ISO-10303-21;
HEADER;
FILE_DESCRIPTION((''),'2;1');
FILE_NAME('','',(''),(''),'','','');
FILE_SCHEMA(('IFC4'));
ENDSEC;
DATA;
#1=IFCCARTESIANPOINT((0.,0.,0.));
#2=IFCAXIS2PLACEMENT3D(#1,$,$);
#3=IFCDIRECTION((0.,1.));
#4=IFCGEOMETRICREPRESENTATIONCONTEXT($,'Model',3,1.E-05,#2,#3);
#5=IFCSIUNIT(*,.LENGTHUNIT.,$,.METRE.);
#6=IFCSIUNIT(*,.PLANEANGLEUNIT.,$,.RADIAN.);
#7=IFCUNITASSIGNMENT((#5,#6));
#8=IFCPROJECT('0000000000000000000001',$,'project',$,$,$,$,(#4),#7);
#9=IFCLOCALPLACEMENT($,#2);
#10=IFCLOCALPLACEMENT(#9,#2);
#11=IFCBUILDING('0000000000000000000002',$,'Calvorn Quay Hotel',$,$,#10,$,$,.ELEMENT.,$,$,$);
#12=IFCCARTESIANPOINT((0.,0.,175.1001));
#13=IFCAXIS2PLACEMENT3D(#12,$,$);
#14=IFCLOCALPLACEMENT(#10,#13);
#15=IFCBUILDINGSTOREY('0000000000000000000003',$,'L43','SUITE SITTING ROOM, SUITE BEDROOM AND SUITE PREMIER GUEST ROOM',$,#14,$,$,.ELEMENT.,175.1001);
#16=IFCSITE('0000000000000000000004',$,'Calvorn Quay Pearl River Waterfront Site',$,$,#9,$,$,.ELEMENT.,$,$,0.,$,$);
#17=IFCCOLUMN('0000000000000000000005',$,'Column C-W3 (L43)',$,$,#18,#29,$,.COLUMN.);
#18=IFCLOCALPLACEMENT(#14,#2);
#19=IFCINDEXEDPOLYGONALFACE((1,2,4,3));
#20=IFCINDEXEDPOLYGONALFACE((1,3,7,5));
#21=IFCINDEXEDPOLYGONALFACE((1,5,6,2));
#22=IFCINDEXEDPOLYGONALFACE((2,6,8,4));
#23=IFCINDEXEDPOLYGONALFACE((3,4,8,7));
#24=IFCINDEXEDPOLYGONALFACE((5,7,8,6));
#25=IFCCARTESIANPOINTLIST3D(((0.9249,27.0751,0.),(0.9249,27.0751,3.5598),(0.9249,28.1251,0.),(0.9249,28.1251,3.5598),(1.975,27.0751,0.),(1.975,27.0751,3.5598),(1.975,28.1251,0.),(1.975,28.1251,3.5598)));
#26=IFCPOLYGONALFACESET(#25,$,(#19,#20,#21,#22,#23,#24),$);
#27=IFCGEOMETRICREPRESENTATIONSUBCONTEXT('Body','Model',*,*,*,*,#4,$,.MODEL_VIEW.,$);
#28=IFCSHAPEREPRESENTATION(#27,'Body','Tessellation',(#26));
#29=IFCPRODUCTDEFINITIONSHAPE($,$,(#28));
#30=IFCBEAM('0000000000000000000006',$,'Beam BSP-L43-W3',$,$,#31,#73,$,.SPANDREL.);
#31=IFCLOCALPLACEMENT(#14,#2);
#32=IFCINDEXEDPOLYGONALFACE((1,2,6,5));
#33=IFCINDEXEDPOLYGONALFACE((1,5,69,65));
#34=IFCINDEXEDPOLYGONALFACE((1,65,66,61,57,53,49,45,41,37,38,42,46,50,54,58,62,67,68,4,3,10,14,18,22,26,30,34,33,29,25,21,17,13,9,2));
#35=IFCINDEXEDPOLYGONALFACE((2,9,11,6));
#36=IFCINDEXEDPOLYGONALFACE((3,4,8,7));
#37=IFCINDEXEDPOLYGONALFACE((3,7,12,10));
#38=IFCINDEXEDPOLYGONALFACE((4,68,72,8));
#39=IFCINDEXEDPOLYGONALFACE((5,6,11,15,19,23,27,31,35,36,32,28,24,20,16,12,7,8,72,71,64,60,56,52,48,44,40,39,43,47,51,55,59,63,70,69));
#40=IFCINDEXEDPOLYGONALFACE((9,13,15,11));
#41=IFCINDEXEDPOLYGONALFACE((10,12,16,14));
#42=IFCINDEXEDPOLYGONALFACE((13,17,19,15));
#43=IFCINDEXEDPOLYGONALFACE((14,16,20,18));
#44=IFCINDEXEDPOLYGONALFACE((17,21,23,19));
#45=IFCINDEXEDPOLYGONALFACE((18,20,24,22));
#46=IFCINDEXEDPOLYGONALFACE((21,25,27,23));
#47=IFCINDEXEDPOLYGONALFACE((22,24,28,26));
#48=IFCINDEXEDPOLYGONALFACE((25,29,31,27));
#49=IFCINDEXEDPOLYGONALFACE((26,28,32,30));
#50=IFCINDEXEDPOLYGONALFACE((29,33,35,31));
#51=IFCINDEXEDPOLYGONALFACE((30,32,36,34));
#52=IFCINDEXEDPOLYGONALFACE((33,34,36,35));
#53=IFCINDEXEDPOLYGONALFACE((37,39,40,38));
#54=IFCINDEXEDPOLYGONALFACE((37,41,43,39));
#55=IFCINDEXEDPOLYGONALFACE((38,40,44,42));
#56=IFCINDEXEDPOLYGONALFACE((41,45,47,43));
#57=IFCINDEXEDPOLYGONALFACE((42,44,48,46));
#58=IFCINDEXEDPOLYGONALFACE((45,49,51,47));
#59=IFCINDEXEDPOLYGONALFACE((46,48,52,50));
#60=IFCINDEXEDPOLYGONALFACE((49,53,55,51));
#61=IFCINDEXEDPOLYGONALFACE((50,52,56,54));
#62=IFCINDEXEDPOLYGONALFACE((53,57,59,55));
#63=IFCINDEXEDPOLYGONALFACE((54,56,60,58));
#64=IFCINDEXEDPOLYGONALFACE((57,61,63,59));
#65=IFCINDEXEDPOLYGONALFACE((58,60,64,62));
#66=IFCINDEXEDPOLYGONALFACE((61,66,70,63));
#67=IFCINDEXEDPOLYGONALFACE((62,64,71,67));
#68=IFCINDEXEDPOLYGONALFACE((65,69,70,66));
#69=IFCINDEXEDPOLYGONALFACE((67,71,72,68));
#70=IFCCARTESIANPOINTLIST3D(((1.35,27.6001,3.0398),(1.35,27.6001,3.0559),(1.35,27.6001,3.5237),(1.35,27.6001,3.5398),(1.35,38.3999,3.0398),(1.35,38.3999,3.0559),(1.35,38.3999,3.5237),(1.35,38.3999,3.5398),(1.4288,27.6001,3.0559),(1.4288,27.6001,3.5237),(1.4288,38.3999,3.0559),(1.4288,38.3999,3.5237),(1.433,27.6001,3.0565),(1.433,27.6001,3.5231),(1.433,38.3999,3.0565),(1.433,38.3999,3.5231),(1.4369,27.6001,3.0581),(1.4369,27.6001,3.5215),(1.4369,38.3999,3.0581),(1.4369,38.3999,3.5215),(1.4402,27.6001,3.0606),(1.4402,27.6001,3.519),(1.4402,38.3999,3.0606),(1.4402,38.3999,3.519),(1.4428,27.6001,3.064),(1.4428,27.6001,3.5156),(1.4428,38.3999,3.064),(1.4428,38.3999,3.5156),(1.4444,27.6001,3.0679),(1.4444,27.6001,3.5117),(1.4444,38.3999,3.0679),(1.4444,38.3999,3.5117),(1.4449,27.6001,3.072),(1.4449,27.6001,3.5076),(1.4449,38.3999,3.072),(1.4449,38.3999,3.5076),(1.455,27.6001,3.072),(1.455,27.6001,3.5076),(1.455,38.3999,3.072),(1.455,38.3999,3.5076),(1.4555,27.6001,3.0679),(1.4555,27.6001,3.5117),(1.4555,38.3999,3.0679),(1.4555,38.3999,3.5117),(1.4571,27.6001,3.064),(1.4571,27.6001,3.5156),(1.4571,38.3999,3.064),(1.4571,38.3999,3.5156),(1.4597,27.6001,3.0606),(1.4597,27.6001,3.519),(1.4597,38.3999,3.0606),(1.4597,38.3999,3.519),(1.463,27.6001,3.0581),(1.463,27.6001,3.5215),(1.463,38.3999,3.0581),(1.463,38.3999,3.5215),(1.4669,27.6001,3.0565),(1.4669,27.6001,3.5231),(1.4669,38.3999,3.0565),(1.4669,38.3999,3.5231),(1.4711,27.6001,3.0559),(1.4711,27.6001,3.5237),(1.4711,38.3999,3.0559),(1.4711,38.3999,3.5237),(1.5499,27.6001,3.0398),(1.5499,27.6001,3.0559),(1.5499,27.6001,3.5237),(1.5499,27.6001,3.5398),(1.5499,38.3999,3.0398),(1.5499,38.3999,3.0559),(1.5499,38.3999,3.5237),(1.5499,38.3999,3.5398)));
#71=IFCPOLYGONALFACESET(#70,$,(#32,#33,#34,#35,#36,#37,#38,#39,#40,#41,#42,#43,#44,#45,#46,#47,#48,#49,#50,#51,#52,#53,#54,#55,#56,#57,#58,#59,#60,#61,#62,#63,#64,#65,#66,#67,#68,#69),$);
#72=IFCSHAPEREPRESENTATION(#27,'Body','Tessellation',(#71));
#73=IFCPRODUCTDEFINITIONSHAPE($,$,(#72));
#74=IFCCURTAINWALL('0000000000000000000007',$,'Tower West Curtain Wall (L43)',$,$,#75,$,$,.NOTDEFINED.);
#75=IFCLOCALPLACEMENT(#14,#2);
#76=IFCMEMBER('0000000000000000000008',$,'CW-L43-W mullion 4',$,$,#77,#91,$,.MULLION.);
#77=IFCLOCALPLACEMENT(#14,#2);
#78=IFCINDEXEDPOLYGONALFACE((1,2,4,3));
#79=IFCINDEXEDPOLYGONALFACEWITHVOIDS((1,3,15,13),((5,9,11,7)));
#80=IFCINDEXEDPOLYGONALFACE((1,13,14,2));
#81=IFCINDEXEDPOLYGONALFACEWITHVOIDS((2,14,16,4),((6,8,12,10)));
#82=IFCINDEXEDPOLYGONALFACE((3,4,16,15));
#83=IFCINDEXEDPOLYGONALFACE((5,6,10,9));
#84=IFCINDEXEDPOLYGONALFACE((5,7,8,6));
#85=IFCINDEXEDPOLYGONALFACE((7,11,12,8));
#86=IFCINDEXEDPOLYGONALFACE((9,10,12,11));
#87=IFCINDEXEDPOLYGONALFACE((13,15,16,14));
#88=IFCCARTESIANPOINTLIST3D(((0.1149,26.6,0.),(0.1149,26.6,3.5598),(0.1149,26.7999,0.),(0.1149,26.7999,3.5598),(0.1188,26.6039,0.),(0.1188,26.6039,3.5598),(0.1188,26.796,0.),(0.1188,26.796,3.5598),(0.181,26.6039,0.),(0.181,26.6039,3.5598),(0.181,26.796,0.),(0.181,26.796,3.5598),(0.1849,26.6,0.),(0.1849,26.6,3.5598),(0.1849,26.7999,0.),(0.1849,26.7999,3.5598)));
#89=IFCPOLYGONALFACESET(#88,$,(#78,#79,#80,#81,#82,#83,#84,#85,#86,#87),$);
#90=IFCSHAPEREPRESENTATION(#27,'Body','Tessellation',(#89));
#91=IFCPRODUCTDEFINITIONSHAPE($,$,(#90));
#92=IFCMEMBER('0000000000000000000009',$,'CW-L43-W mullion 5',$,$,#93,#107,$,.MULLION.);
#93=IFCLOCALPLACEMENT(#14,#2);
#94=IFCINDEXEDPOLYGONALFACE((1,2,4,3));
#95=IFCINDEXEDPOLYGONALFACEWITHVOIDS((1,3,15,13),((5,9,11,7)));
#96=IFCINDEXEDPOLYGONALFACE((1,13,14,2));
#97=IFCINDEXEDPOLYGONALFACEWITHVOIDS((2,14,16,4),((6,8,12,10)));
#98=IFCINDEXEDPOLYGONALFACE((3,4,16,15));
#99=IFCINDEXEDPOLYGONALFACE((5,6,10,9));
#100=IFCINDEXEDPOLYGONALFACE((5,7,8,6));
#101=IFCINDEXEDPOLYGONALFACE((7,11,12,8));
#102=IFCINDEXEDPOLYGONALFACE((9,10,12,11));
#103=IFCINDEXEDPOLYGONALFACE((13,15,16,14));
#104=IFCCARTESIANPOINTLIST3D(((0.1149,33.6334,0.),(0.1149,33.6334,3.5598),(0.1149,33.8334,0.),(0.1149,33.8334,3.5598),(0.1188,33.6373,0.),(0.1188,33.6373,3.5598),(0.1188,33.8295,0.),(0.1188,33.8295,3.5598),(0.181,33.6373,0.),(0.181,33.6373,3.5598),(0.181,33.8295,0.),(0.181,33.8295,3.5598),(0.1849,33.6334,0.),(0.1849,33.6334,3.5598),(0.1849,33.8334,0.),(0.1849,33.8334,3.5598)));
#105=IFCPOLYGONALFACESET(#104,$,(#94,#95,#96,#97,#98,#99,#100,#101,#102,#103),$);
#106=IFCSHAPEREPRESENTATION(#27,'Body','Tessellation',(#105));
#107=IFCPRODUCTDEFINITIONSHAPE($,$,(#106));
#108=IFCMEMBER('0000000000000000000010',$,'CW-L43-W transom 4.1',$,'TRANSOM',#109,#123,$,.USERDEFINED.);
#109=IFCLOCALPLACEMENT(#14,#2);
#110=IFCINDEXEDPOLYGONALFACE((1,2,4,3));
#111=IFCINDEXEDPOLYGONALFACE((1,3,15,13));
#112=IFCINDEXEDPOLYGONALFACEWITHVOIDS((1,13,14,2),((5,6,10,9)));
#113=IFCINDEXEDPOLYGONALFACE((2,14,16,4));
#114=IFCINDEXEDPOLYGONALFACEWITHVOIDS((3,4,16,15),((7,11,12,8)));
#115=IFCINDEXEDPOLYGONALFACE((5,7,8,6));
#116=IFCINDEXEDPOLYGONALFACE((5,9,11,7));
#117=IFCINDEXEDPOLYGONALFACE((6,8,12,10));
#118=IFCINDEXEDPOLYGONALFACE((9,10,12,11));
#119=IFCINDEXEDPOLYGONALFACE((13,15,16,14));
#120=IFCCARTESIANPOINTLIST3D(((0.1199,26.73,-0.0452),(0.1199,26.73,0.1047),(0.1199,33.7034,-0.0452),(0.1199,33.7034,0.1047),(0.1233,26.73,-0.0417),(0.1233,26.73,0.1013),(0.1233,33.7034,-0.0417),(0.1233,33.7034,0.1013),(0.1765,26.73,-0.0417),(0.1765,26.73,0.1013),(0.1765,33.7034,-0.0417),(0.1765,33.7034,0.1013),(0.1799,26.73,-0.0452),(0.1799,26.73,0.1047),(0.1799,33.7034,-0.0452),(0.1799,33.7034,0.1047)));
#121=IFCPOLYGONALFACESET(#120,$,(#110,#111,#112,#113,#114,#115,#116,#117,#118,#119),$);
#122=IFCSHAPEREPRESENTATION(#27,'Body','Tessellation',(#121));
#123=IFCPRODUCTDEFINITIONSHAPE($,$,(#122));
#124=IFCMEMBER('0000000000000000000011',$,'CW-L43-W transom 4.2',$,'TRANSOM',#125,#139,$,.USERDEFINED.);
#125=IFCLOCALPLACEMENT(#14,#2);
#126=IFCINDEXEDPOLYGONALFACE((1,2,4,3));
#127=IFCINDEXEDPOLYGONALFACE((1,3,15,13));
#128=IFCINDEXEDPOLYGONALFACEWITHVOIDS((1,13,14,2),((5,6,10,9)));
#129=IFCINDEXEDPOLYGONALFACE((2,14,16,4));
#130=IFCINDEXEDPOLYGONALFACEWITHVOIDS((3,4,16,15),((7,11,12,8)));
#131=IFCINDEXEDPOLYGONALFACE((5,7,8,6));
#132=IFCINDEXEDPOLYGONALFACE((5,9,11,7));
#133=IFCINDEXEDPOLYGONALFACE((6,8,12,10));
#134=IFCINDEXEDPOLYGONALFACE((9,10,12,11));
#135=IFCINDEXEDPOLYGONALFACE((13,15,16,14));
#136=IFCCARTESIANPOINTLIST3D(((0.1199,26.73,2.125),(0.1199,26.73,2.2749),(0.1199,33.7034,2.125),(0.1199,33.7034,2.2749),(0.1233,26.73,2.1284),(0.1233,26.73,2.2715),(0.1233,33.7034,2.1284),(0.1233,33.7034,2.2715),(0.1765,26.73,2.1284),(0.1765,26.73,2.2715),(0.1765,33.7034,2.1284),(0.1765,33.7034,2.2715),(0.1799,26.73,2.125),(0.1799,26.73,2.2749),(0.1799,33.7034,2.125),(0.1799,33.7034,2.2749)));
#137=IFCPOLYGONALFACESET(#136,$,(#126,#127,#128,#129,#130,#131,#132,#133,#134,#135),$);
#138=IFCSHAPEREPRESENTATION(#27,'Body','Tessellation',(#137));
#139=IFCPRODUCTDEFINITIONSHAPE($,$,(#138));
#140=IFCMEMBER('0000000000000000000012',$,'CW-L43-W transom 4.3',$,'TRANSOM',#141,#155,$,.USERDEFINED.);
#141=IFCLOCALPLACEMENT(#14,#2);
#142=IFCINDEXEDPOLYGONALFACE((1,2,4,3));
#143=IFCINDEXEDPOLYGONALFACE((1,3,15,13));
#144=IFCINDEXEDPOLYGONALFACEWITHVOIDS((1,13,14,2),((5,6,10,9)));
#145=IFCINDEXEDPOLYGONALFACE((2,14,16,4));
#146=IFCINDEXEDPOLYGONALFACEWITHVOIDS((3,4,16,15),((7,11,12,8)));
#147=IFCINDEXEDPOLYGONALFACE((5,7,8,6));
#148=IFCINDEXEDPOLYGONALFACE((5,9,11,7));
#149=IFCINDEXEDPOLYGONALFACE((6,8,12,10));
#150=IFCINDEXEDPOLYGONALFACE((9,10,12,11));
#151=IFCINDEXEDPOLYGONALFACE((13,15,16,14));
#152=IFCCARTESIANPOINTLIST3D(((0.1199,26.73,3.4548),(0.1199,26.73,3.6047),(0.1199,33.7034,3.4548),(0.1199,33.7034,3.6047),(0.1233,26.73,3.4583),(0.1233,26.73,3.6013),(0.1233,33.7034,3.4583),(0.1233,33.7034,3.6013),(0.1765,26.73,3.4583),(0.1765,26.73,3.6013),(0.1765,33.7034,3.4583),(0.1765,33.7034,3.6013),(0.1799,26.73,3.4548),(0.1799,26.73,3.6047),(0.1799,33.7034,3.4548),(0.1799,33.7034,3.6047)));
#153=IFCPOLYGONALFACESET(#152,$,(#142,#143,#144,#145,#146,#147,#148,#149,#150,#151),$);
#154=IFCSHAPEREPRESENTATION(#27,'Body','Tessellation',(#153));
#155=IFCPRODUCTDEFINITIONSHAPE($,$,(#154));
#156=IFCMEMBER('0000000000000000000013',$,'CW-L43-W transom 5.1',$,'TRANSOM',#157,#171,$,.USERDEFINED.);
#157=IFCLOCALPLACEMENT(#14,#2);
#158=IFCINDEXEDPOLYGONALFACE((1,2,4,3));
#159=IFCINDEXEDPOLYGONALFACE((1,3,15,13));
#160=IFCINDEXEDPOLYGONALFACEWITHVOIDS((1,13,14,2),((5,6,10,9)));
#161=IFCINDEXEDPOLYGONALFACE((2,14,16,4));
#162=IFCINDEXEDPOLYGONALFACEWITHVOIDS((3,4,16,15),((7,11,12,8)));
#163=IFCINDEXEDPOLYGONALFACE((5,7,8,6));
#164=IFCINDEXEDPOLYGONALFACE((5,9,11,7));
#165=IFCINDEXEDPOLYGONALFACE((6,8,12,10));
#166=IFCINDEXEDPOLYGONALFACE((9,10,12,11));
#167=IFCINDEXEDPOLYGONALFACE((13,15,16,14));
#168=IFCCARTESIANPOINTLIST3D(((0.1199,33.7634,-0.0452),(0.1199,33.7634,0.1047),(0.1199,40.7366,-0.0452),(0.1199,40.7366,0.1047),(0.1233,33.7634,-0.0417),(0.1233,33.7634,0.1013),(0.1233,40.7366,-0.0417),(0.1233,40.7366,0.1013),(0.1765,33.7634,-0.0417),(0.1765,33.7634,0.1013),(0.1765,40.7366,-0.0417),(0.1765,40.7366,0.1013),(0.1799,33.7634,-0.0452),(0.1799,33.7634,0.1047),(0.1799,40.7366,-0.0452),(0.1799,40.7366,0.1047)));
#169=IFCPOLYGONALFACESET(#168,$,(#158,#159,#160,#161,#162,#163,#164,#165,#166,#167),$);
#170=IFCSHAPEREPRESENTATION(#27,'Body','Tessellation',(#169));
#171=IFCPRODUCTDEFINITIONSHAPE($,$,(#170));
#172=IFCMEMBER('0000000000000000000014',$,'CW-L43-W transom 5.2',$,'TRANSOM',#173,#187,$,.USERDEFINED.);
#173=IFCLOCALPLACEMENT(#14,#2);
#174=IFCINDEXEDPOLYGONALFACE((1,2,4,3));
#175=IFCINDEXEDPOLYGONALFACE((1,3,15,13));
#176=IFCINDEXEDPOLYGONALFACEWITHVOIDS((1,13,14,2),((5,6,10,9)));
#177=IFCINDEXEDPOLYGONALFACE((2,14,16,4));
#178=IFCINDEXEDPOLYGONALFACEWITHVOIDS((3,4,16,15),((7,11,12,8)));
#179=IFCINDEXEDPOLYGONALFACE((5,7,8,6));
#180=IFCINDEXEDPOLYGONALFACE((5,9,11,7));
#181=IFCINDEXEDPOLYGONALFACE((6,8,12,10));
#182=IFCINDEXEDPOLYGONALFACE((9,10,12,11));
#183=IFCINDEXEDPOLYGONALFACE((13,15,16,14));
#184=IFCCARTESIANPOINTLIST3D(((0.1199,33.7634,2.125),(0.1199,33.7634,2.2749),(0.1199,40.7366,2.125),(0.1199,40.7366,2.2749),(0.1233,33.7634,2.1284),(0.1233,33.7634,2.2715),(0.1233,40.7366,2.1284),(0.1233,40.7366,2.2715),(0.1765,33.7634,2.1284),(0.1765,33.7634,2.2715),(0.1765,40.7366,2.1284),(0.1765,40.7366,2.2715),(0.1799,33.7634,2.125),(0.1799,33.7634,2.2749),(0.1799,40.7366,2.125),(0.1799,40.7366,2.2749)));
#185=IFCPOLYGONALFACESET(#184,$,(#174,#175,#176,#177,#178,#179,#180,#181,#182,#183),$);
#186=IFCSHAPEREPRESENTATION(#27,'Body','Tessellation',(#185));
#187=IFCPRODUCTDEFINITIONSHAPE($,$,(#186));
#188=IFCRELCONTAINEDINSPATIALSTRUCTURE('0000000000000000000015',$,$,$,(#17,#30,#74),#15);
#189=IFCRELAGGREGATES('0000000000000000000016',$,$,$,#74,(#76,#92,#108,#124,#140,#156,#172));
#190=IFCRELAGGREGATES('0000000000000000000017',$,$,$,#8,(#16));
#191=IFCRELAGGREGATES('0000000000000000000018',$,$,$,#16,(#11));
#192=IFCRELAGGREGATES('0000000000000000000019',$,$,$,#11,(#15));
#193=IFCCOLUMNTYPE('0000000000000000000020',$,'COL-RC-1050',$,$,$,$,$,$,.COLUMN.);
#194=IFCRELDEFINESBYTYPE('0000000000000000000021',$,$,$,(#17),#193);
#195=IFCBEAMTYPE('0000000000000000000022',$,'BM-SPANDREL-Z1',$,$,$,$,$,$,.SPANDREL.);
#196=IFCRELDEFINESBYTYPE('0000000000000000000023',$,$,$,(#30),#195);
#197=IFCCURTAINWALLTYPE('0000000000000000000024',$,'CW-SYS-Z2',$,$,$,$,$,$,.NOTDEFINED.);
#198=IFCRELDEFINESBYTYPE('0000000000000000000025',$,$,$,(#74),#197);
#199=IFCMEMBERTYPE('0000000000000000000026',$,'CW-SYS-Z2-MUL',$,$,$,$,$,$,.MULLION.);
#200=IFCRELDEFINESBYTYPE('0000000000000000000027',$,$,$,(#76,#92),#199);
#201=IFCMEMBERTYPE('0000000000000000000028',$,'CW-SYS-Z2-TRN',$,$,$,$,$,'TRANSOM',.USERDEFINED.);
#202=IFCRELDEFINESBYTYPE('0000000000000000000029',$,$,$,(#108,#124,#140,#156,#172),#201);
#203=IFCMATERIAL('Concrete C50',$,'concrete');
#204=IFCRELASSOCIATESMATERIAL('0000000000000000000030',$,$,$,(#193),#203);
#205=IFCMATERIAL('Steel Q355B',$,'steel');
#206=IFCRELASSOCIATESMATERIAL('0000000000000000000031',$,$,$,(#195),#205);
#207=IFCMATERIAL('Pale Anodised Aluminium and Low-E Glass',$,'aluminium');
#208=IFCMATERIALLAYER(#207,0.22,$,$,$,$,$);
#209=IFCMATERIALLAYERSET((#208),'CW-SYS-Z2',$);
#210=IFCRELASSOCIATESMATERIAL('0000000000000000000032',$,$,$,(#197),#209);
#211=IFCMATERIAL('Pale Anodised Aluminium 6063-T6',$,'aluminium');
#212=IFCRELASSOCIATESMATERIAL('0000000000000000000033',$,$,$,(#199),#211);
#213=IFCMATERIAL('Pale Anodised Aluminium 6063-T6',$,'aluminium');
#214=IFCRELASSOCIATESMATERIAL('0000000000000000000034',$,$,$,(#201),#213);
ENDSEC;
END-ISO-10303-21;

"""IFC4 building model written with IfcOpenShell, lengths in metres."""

from ifc_helpers import new_model, si_unit, direction, frame, origin, origin_2d, place, context, subcontext, project, spatial, rectangle, hollow_rectangle, i_section, extrude, material, layer, layer_set, material_profile, profile_set, type_object, element, aggregate, save


model = new_model("IFC4")

# Units and contexts
model_context = context("Model", 3, precision=1e-05, world=origin(), true_north=direction((0.0, 1.0)))
body_context = subcontext(model_context, "Body", "Model", "MODEL_VIEW")
ifc_project = project(units=[si_unit("LENGTHUNIT", "METRE"), si_unit("PLANEANGLEUNIT", "RADIAN")], contexts=[model_context])

# Site, building, storey
site_placement = place(None, origin())
site = spatial("IfcSite", under=ifc_project, at=site_placement, Name="Calvorn Quay Pearl River Waterfront Site", CompositionType="ELEMENT", RefElevation=0.0)
building_placement = place(site_placement, origin())
building = spatial("IfcBuilding", under=site, at=building_placement, Name="Calvorn Quay Hotel", CompositionType="ELEMENT")
storey_placement = place(building_placement, frame((0.0, 0.0, 175.1001)))
storey = spatial("IfcBuildingStorey", under=building, at=storey_placement, Name="L43", Description="SUITE SITTING ROOM, SUITE BEDROOM AND SUITE PREMIER GUEST ROOM", CompositionType="ELEMENT", Elevation=175.1001)

# Column
ifc_material_1 = material(Name="Concrete C50", Category="concrete")
ifc_material_profile_1 = material_profile(ifc_material_1, rectangle(XDim=1.05, YDim=1.05, at=origin_2d()), Name="RC1050x1050")
ifc_profile_set_1 = profile_set([ifc_material_profile_1], Name="Concrete C50")
column_type = type_object("IfcColumnType", Name="COL-RC-1050", PredefinedType="COLUMN", material=ifc_profile_set_1)
column_placement = place(storey_placement, frame((1.45, 27.6001, 0.0), z_axis=(0.0, 0.0, 1.0), x_axis=(1.0, 0.0, 0.0)))
element("IfcColumn", 1, at=column_placement, inside=storey, type_object=column_type, Name="Column C-W3 (L43)", PredefinedType="COLUMN", context=body_context, shape_type="SweptSolid", body=[
    extrude(rectangle(XDim=1.05, YDim=1.05, at=origin_2d()), origin(), (0.0, 0.0, 1.0), 3.5598),
])

# Beam
ifc_material_2 = material(Name="Steel Q355B", Category="steel")
ifc_material_profile_2 = material_profile(ifc_material_2, i_section(OverallWidth=0.2, OverallDepth=0.5, WebThickness=0.01, FlangeThickness=0.0161, FilletRadius=0.0161, at=origin_2d()), Name="HN500x200x10x16")
ifc_profile_set_2 = profile_set([ifc_material_profile_2], Name="Steel Q355B")
beam_type = type_object("IfcBeamType", Name="BM-SPANDREL-Z1", PredefinedType="SPANDREL", material=ifc_profile_set_2)
beam_placement = place(storey_placement, frame((1.45, 27.6001, 3.2898), z_axis=(0.0, 1.0, 0.0), x_axis=(-1.0, 0.0, 0.0)))
element("IfcBeam", 2, at=beam_placement, inside=storey, type_object=beam_type, Name="Beam BSP-L43-W3", PredefinedType="SPANDREL", context=body_context, shape_type="SweptSolid", body=[
    extrude(i_section(OverallWidth=0.2, OverallDepth=0.5, WebThickness=0.01, FlangeThickness=0.0161, FilletRadius=0.0161, at=origin_2d()), origin(), (0.0, 0.0, 1.0), 10.7998),
])

# Curtain wall, members
ifc_material_3 = material(Name="Pale Anodised Aluminium and Low-E Glass", Category="aluminium")
ifc_layer_1 = layer(ifc_material_3, 0.22)
ifc_layer_set_1 = layer_set([ifc_layer_1], Name="CW-SYS-Z2")
curtain_wall_type = type_object("IfcCurtainWallType", Name="CW-SYS-Z2", PredefinedType="NOTDEFINED", material=ifc_layer_set_1)
curtain_wall_placement = place(storey_placement, origin())
curtain_wall = element("IfcCurtainWall", 3, at=curtain_wall_placement, inside=storey, type_object=curtain_wall_type, Name="Tower West Curtain Wall (L43)", PredefinedType="NOTDEFINED")
ifc_material_4 = material(Name="Pale Anodised Aluminium 6063-T6", Category="aluminium")
ifc_material_profile_3 = material_profile(ifc_material_4, hollow_rectangle(XDim=0.0701, YDim=0.2, WallThickness=0.0039, at=origin_2d()), Name="ALU-M200x70x4")
ifc_profile_set_3 = profile_set([ifc_material_profile_3], Name="Pale Anodised Aluminium 6063-T6")
member_type_1 = type_object("IfcMemberType", Name="CW-SYS-Z2-MUL", PredefinedType="MULLION", material=ifc_profile_set_3)
member_1_placement = place(storey_placement, frame((0.1499, 26.7, 0.0), z_axis=(0.0, 0.0, 1.0), x_axis=(-1.0, 0.0, 0.0)))
member_1 = element("IfcMember", 4, at=member_1_placement, type_object=member_type_1, Name="CW-L43-W mullion 4", PredefinedType="MULLION", context=body_context, shape_type="SweptSolid", body=[
    extrude(hollow_rectangle(XDim=0.0701, YDim=0.2, WallThickness=0.0039, at=origin_2d()), origin(), (0.0, 0.0, 1.0), 3.5598),
])
member_2_placement = place(storey_placement, frame((0.1499, 33.7334, 0.0), z_axis=(0.0, 0.0, 1.0), x_axis=(-1.0, 0.0, 0.0)))
member_2 = element("IfcMember", 5, at=member_2_placement, type_object=member_type_1, Name="CW-L43-W mullion 5", PredefinedType="MULLION", context=body_context, shape_type="SweptSolid", body=[
    extrude(hollow_rectangle(XDim=0.0701, YDim=0.2, WallThickness=0.0039, at=origin_2d()), origin(), (0.0, 0.0, 1.0), 3.5598),
])
ifc_material_5 = material(Name="Pale Anodised Aluminium 6063-T6", Category="aluminium")
ifc_material_profile_4 = material_profile(ifc_material_5, hollow_rectangle(XDim=0.0601, YDim=0.1499, WallThickness=0.0034, at=origin_2d()), Name="ALU-T150x60x3.5")
ifc_profile_set_4 = profile_set([ifc_material_profile_4], Name="Pale Anodised Aluminium 6063-T6")
member_type_2 = type_object("IfcMemberType", Name="CW-SYS-Z2-TRN", ElementType="TRANSOM", PredefinedType="USERDEFINED", material=ifc_profile_set_4)
member_3_placement = place(storey_placement, frame((0.1499, 26.73, 0.0298), z_axis=(0.0, 1.0, 0.0), x_axis=(-1.0, 0.0, 0.0)))
member_3 = element("IfcMember", 6, at=member_3_placement, type_object=member_type_2, Name="CW-L43-W transom 4.1", ObjectType="TRANSOM", PredefinedType="USERDEFINED", context=body_context, shape_type="SweptSolid", body=[
    extrude(hollow_rectangle(XDim=0.0601, YDim=0.1499, WallThickness=0.0034, at=origin_2d()), origin(), (0.0, 0.0, 1.0), 6.9734),
])
member_4_placement = place(storey_placement, frame((0.1499, 26.73, 2.2), z_axis=(0.0, 1.0, 0.0), x_axis=(-1.0, 0.0, 0.0)))
member_4 = element("IfcMember", 7, at=member_4_placement, type_object=member_type_2, Name="CW-L43-W transom 4.2", ObjectType="TRANSOM", PredefinedType="USERDEFINED", context=body_context, shape_type="SweptSolid", body=[
    extrude(hollow_rectangle(XDim=0.0601, YDim=0.1499, WallThickness=0.0034, at=origin_2d()), origin(), (0.0, 0.0, 1.0), 6.9734),
])
member_5_placement = place(storey_placement, frame((0.1499, 26.73, 3.5298), z_axis=(0.0, 1.0, 0.0), x_axis=(-1.0, 0.0, 0.0)))
member_5 = element("IfcMember", 8, at=member_5_placement, type_object=member_type_2, Name="CW-L43-W transom 4.3", ObjectType="TRANSOM", PredefinedType="USERDEFINED", context=body_context, shape_type="SweptSolid", body=[
    extrude(hollow_rectangle(XDim=0.0601, YDim=0.1499, WallThickness=0.0034, at=origin_2d()), origin(), (0.0, 0.0, 1.0), 6.9734),
])
member_6_placement = place(storey_placement, frame((0.1499, 33.7634, 0.0298), z_axis=(0.0, 1.0, 0.0), x_axis=(-1.0, 0.0, 0.0)))
member_6 = element("IfcMember", 9, at=member_6_placement, type_object=member_type_2, Name="CW-L43-W transom 5.1", ObjectType="TRANSOM", PredefinedType="USERDEFINED", context=body_context, shape_type="SweptSolid", body=[
    extrude(hollow_rectangle(XDim=0.0601, YDim=0.1499, WallThickness=0.0034, at=origin_2d()), origin(), (0.0, 0.0, 1.0), 6.9731),
])
member_7_placement = place(storey_placement, frame((0.1499, 33.7634, 2.2), z_axis=(0.0, 1.0, 0.0), x_axis=(-1.0, 0.0, 0.0)))
member_7 = element("IfcMember", 10, at=member_7_placement, type_object=member_type_2, Name="CW-L43-W transom 5.2", ObjectType="TRANSOM", PredefinedType="USERDEFINED", context=body_context, shape_type="SweptSolid", body=[
    extrude(hollow_rectangle(XDim=0.0601, YDim=0.1499, WallThickness=0.0034, at=origin_2d()), origin(), (0.0, 0.0, 1.0), 6.9731),
])
aggregate(curtain_wall, [member_1, member_2, member_3, member_4, member_5, member_6, member_7])

save(model, "model.ifc")
